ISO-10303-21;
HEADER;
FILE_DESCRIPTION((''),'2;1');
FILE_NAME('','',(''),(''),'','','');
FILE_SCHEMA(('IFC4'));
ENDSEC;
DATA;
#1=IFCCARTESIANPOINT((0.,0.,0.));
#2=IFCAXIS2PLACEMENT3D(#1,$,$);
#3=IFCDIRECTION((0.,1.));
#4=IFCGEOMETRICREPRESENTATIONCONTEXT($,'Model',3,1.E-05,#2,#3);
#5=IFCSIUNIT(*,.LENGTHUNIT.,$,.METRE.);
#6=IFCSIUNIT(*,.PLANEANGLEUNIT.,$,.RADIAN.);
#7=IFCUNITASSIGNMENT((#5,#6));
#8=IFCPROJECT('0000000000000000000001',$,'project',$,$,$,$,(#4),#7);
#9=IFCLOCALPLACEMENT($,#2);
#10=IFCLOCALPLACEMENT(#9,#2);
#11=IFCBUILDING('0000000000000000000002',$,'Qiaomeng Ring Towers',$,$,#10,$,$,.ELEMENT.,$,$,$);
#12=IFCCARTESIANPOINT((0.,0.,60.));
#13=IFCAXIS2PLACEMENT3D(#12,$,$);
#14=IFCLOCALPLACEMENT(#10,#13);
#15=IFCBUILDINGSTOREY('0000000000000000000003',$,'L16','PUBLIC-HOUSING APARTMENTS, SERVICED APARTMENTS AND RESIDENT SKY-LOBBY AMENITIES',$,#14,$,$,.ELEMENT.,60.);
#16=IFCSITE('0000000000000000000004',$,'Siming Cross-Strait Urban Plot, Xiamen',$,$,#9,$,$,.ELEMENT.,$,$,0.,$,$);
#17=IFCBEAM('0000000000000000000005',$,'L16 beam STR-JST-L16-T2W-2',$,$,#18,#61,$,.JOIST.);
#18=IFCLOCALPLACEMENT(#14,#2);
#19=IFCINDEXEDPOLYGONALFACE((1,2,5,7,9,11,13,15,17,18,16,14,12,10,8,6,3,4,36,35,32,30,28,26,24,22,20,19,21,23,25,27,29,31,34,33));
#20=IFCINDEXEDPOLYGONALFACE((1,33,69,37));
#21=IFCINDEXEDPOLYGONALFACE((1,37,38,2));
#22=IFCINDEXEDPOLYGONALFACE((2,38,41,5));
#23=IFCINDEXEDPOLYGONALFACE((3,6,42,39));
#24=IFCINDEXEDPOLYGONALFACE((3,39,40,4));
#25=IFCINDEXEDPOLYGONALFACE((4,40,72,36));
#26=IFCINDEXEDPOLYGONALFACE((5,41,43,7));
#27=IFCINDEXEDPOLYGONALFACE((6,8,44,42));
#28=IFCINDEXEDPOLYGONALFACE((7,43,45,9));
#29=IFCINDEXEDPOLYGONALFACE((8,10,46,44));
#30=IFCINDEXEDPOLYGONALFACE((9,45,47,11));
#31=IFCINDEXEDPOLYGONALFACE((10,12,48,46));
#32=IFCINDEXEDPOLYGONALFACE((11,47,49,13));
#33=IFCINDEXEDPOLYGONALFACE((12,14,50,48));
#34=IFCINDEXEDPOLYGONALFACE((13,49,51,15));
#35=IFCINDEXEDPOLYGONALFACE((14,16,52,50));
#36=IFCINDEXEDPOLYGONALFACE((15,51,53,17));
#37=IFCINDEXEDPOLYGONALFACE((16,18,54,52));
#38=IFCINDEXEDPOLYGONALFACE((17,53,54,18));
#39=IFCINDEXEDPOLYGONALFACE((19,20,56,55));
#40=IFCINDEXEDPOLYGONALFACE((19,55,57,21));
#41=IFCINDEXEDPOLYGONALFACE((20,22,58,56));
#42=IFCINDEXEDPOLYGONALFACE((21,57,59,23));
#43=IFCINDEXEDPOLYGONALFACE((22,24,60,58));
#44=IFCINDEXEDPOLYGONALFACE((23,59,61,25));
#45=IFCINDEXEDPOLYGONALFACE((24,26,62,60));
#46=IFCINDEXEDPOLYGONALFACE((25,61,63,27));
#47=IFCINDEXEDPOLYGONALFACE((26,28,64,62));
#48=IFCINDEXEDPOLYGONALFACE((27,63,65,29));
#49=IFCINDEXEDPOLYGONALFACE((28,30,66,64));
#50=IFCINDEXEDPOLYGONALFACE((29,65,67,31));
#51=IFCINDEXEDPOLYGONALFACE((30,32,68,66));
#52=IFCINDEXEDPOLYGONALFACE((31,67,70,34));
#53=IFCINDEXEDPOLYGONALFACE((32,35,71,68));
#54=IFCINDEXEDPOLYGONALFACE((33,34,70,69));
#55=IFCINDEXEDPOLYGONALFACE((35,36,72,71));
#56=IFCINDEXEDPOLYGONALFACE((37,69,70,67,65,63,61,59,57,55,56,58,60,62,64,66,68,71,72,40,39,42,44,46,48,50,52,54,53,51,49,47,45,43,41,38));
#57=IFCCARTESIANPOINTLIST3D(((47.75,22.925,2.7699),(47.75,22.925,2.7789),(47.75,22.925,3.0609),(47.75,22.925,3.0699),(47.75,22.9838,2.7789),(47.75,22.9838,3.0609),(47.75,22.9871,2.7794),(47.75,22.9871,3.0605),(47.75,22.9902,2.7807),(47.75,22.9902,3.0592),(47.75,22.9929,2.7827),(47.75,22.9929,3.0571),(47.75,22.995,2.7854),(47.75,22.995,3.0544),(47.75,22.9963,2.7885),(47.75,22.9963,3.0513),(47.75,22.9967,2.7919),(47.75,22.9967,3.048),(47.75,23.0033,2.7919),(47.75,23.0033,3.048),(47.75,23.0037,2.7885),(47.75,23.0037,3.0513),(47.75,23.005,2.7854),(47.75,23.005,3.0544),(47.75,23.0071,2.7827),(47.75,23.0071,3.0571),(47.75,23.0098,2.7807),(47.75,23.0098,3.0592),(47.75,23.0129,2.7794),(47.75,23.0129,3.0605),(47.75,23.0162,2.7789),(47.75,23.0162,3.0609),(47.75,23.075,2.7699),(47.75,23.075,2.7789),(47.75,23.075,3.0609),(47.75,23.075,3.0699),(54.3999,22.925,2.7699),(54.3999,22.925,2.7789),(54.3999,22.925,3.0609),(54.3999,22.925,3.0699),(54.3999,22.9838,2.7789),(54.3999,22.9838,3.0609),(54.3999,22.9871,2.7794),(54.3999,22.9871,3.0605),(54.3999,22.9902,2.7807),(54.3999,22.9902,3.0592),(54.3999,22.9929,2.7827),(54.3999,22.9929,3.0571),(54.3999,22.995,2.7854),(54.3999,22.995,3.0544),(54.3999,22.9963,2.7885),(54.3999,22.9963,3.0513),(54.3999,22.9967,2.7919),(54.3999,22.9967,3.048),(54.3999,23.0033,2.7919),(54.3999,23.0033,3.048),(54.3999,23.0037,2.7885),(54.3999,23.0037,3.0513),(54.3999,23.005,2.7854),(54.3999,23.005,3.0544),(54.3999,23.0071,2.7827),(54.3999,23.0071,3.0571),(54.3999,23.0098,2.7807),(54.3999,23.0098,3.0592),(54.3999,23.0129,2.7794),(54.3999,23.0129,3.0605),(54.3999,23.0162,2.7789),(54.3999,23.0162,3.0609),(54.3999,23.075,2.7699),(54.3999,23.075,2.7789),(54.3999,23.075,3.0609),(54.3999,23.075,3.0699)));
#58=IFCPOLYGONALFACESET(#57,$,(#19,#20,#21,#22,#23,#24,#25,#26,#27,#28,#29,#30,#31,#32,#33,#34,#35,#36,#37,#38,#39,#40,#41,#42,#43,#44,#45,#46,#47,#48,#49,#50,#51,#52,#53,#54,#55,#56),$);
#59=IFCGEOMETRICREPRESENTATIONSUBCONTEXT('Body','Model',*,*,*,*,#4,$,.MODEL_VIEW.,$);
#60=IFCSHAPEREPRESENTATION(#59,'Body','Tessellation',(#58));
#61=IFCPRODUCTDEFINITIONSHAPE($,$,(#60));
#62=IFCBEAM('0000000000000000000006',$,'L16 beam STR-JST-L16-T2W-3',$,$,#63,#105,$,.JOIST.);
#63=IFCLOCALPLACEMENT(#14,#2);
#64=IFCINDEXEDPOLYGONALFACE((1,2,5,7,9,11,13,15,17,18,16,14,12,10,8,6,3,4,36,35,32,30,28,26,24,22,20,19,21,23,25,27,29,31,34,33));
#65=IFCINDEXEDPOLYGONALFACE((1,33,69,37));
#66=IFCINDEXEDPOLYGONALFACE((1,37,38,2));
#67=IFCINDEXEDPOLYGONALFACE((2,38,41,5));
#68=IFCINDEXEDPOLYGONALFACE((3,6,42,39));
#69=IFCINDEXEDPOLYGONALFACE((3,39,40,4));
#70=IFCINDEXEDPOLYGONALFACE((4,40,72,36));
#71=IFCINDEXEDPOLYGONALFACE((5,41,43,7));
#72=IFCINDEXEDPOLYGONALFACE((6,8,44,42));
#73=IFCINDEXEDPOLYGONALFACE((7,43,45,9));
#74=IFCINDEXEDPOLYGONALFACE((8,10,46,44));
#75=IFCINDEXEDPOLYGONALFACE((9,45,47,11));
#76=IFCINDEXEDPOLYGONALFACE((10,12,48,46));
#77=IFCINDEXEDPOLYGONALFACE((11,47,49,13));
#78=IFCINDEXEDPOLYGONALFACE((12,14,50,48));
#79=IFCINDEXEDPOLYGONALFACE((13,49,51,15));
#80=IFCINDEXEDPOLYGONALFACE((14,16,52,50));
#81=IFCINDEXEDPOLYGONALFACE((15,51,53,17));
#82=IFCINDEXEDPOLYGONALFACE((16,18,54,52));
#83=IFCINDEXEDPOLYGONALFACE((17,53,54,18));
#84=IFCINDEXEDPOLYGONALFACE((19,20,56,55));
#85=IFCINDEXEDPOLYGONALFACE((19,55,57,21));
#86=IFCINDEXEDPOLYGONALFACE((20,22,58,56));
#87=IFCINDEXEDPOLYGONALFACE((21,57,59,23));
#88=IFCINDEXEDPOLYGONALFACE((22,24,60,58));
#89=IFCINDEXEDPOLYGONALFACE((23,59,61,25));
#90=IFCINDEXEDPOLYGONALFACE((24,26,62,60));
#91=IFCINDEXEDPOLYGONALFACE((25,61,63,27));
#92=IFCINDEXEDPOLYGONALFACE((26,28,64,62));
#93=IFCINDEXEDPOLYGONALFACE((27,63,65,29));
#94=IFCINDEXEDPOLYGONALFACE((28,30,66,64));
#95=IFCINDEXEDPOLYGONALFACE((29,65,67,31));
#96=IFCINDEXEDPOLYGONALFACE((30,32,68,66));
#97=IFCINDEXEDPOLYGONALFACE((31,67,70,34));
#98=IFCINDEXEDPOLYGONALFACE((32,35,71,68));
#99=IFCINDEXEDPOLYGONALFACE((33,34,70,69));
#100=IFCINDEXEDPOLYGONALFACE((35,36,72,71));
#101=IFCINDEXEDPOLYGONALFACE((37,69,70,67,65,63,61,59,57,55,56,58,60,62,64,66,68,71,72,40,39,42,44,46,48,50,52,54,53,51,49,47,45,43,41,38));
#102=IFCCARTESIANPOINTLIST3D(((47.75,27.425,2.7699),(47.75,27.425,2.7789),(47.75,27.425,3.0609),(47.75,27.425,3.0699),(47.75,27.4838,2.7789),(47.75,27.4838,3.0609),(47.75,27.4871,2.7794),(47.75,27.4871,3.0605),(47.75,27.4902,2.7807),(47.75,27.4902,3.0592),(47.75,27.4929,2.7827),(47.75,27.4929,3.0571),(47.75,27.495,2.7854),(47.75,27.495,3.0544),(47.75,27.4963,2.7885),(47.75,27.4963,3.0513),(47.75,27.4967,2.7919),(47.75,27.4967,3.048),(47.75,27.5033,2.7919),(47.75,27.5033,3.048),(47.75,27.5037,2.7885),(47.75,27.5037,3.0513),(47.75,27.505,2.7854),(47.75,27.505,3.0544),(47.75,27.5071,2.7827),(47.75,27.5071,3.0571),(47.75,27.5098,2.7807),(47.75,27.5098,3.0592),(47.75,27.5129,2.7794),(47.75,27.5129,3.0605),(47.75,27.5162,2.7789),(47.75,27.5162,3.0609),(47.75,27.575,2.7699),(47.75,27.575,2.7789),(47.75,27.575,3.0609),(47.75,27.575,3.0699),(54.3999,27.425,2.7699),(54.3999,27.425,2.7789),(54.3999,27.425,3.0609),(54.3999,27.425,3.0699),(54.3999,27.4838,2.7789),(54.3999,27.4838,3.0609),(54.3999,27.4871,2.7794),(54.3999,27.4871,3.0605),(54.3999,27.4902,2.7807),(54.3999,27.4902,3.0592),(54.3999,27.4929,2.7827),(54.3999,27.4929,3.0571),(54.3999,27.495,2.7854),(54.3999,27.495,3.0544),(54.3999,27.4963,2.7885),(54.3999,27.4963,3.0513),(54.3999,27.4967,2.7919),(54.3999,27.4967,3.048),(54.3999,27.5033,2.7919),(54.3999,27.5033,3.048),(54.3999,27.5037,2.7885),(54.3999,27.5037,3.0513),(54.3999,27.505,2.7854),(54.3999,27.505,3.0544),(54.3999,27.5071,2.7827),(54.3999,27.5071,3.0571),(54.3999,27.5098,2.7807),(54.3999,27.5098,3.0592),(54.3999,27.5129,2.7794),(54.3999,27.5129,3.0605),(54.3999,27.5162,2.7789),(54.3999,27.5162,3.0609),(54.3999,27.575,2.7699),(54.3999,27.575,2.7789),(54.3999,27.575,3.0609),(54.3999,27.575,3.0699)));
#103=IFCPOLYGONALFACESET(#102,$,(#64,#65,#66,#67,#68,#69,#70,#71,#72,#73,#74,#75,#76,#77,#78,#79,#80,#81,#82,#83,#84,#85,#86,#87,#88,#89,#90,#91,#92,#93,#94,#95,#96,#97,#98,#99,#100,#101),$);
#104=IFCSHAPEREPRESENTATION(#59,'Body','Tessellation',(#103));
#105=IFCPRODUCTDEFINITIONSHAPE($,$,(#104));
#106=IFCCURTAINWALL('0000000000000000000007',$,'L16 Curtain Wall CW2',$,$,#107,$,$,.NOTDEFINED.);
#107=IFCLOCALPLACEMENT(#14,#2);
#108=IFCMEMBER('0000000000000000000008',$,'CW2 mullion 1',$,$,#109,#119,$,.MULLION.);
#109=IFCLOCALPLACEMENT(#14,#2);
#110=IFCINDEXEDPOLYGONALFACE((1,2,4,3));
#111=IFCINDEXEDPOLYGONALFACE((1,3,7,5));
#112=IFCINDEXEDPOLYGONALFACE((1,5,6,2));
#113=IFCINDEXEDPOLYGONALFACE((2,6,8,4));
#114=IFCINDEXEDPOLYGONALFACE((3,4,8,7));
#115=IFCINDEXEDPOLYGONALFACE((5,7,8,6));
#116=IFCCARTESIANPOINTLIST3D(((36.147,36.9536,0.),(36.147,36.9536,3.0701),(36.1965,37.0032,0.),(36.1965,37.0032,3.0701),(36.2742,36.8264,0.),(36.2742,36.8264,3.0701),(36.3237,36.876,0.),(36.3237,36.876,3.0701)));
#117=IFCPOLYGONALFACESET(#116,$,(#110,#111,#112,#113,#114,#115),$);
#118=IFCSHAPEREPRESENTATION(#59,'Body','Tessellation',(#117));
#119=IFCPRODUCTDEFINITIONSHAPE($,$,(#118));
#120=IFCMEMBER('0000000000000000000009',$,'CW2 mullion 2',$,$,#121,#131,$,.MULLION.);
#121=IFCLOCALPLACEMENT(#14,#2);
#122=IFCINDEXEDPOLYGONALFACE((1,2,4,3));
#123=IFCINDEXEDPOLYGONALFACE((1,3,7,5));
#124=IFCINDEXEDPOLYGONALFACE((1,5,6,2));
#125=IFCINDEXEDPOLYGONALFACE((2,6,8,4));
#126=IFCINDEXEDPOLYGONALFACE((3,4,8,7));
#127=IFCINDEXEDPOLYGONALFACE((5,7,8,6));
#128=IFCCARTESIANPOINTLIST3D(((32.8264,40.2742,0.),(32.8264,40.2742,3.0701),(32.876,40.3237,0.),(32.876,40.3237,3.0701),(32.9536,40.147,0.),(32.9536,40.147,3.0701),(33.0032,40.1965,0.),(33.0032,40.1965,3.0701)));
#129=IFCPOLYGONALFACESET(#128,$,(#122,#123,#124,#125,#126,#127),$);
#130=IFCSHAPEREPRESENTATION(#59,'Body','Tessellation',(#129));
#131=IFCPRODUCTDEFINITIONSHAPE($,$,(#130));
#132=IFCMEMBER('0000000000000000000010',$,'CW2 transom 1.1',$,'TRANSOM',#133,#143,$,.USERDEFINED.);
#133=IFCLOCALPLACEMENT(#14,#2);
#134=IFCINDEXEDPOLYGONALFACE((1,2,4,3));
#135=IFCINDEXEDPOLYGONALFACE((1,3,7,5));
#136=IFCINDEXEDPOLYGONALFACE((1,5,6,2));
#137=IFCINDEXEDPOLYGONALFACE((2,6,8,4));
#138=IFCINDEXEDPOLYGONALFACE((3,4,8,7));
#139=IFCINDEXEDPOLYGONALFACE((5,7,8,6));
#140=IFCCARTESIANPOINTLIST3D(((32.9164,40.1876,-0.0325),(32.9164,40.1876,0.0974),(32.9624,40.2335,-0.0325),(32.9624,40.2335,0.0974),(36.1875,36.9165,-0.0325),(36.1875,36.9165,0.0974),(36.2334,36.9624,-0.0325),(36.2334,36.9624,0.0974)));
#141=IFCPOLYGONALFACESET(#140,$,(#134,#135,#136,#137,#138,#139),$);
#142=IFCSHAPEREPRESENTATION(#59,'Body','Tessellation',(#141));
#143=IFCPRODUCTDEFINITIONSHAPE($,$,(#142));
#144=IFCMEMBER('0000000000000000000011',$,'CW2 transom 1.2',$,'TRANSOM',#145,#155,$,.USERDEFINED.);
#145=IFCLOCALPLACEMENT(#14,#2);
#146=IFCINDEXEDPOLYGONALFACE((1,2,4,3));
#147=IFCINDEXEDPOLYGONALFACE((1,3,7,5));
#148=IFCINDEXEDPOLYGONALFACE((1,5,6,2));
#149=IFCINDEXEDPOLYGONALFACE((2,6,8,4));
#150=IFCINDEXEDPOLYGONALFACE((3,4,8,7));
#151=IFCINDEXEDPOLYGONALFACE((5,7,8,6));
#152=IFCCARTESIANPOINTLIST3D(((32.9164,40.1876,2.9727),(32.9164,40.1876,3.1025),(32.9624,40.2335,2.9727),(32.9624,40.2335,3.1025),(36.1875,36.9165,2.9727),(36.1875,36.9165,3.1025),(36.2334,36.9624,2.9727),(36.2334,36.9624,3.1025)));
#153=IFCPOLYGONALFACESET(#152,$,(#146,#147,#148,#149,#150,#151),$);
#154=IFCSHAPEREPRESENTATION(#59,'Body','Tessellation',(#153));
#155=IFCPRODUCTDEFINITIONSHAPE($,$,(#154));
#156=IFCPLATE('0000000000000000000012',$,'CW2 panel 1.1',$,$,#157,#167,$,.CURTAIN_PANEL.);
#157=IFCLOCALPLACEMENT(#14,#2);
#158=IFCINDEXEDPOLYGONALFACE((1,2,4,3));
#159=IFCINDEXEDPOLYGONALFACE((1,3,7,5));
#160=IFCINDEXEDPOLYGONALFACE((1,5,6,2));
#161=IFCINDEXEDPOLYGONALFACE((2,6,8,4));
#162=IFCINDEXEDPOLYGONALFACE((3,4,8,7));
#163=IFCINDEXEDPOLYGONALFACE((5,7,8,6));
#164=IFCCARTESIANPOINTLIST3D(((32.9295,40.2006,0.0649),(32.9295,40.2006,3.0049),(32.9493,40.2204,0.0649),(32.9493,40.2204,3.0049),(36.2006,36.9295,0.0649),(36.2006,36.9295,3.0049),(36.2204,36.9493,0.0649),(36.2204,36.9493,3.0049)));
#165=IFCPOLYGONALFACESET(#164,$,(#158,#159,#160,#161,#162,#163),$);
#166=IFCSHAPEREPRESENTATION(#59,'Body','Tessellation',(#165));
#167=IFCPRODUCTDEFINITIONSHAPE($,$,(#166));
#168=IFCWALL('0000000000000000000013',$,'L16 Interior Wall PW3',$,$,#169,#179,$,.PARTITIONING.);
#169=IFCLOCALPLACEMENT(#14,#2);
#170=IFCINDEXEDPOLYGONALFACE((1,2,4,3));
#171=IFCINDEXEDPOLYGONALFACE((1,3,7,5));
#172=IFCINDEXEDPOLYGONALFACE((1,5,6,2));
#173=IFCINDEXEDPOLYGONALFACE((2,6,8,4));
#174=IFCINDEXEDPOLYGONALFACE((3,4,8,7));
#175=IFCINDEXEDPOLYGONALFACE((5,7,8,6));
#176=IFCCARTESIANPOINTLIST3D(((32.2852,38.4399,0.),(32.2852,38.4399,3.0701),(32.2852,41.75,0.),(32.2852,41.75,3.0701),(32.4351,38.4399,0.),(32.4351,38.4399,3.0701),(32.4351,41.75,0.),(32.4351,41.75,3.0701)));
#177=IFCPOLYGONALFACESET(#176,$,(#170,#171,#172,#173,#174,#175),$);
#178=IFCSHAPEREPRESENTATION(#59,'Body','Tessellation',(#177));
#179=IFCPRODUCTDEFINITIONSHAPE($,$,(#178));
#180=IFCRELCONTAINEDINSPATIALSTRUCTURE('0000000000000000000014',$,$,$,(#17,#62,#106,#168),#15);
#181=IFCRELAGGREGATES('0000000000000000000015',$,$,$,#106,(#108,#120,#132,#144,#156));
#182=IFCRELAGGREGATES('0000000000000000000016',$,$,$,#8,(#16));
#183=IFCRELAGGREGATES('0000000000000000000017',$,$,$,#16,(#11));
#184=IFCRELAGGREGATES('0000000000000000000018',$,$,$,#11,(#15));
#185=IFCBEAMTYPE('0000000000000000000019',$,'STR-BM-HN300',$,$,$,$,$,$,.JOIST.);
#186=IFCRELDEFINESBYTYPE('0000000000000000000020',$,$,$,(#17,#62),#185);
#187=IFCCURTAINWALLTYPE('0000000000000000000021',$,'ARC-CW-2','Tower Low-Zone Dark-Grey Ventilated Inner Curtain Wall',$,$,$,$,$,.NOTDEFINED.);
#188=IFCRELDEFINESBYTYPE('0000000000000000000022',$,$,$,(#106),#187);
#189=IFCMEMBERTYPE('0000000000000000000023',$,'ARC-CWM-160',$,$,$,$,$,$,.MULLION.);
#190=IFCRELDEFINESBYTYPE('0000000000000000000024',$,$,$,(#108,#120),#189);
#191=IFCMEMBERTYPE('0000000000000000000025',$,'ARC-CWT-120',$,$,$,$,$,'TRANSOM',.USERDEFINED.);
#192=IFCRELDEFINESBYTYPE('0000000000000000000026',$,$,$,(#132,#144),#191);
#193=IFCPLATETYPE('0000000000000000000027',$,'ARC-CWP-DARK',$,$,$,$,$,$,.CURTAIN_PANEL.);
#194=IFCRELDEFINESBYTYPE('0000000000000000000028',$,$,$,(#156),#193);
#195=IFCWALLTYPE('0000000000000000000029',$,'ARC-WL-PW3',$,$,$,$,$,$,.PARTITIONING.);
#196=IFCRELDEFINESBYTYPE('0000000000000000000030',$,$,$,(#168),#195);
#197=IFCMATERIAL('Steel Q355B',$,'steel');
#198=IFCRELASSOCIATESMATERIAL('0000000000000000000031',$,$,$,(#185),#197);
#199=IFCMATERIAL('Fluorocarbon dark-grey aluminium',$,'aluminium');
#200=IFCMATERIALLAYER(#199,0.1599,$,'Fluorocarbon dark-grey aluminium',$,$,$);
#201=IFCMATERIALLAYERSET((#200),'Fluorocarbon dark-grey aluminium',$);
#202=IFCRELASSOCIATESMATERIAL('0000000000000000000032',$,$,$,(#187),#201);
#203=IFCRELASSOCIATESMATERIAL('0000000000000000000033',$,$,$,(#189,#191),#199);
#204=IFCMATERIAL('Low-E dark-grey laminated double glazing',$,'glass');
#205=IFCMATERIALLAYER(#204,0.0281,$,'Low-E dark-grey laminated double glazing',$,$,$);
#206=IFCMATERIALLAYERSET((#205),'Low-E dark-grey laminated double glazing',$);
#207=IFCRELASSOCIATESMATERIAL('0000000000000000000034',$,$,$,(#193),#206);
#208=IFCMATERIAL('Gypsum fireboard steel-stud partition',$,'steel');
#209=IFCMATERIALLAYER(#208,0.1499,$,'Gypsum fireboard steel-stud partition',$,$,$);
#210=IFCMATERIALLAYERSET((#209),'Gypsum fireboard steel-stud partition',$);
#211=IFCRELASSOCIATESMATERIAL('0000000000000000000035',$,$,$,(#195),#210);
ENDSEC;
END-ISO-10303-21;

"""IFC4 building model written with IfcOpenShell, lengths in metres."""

from ifc_helpers import new_model, si_unit, direction, frame, frame_2d, origin, origin_2d, place, context, subcontext, project, spatial, rectangle, i_section, extrude, source, transform, mapped, material, layer, layer_set, material_profile, profile_set, type_object, element, aggregate, save


model = new_model("IFC4")

# Units and contexts
model_context = context("Model", 3, precision=1e-05, world=origin(), true_north=direction((0.0, 1.0)))
body_context = subcontext(model_context, "Body", "Model", "MODEL_VIEW")
ifc_project = project(units=[si_unit("LENGTHUNIT", "METRE"), si_unit("PLANEANGLEUNIT", "RADIAN")], contexts=[model_context])

# Site, building, storey
site_placement = place(None, origin())
site = spatial("IfcSite", under=ifc_project, at=site_placement, Name="Siming Cross-Strait Urban Plot, Xiamen", CompositionType="ELEMENT", RefElevation=0.0)
building_placement = place(site_placement, origin())
building = spatial("IfcBuilding", under=site, at=building_placement, Name="Qiaomeng Ring Towers", CompositionType="ELEMENT")
storey_placement = place(building_placement, frame((0.0, 0.0, 60.0)))
storey = spatial("IfcBuildingStorey", under=building, at=storey_placement, Name="L16", Description="PUBLIC-HOUSING APARTMENTS, SERVICED APARTMENTS AND RESIDENT SKY-LOBBY AMENITIES", CompositionType="ELEMENT", Elevation=60.0)

# Beams
ifc_material_1 = material(Name="Steel Q355B", Category="steel")
ifc_material_profile_1 = material_profile(ifc_material_1, i_section(OverallWidth=0.1499, OverallDepth=0.3, WebThickness=0.0066, FlangeThickness=0.009, FilletRadius=0.0129, at=origin_2d()), Name="HN 300x150x6.5x9")
ifc_profile_set_1 = profile_set([ifc_material_profile_1], Name="Steel Q355B")
beam_type_1 = type_object("IfcBeamType", Name="STR-BM-HN300", PredefinedType="JOIST", material=ifc_profile_set_1)
shared_shape_1 = source(origin(), body_context, "Body", "SweptSolid", [
    extrude(i_section(OverallWidth=0.1499, OverallDepth=0.3, WebThickness=0.0066, FlangeThickness=0.009, FilletRadius=0.0129, at=origin_2d()), origin(), (0.0, 0.0, 1.0), 6.6499),
])
for number, where, z_axis, x_axis, name in (
    (1, (47.75, 23.0, 2.9199), (1.0, 0.0, 0.0), (0.0, 1.0, 0.0), "L16 beam STR-JST-L16-T2W-2"),
    (2, (47.75, 27.5, 2.9199), (1.0, 0.0, 0.0), (0.0, 1.0, 0.0), "L16 beam STR-JST-L16-T2W-3"),
):
    element("IfcBeam", number, at=place(storey_placement, frame(where, z_axis=z_axis, x_axis=x_axis)), inside=storey, type_object=beam_type_1, Name=name, PredefinedType="JOIST", context=body_context, shape_type="MappedRepresentation", body=[
        mapped(shared_shape_1, transform((0.0, 0.0, 0.0), x_axis=(1.0, 0.0, 0.0), y_axis=(0.0, 1.0, 0.0), z_axis=(0.0, 0.0, 1.0), scale=1.0)),
    ])

# Curtain wall, members, plate
ifc_material_2 = material(Name="Fluorocarbon dark-grey aluminium", Category="aluminium")
ifc_layer_1 = layer(ifc_material_2, 0.1599, Name="Fluorocarbon dark-grey aluminium")
ifc_layer_set_1 = layer_set([ifc_layer_1], Name="Fluorocarbon dark-grey aluminium")
curtain_wall_type = type_object("IfcCurtainWallType", Name="ARC-CW-2", Description="Tower Low-Zone Dark-Grey Ventilated Inner Curtain Wall", PredefinedType="NOTDEFINED", material=ifc_layer_set_1)
curtain_wall_placement = place(storey_placement, origin())
curtain_wall = element("IfcCurtainWall", 3, at=curtain_wall_placement, inside=storey, type_object=curtain_wall_type, Name="L16 Curtain Wall CW2", PredefinedType="NOTDEFINED")
ifc_material_profile_2 = material_profile(ifc_material_2, rectangle(XDim=0.0701, YDim=0.1799, at=origin_2d()), Name="ALU MULL 70x180")
ifc_profile_set_2 = profile_set([ifc_material_profile_2], Name="Fluorocarbon dark-grey aluminium")
member_type_1 = type_object("IfcMemberType", Name="ARC-CWM-160", PredefinedType="MULLION", material=ifc_profile_set_2)
shared_shape_2 = source(origin(), body_context, "Body", "SweptSolid", [
    extrude(rectangle(XDim=0.0701, YDim=0.1799, at=origin_2d()), origin(), (0.0, 0.0, 1.0), 3.0701),
])
member_1_placement = place(storey_placement, frame((36.2354, 36.9148, 0.0), z_axis=(0.0, 0.0, 1.0), x_axis=(-0.707107, -0.707107, 0.0)))
member_1 = element("IfcMember", 4, at=member_1_placement, type_object=member_type_1, Name="CW2 mullion 1", PredefinedType="MULLION", context=body_context, shape_type="MappedRepresentation", body=[
    mapped(shared_shape_2, transform((0.0, 0.0, 0.0), x_axis=(1.0, 0.0, 0.0), y_axis=(0.0, 1.0, 0.0), z_axis=(0.0, 0.0, 1.0), scale=1.0)),
])
member_2_placement = place(storey_placement, frame((32.9148, 40.2354, 0.0), z_axis=(0.0, 0.0, 1.0), x_axis=(-0.707107, -0.707107, 0.0)))
member_2 = element("IfcMember", 5, at=member_2_placement, type_object=member_type_1, Name="CW2 mullion 2", PredefinedType="MULLION", context=body_context, shape_type="MappedRepresentation", body=[
    mapped(shared_shape_2, transform((0.0, 0.0, 0.0), x_axis=(1.0, 0.0, 0.0), y_axis=(0.0, 1.0, 0.0), z_axis=(0.0, 0.0, 1.0), scale=1.0)),
])
ifc_material_profile_3 = material_profile(ifc_material_2, rectangle(XDim=0.0649, YDim=0.1299, at=origin_2d()), Name="ALU TRAN 65x130")
ifc_profile_set_3 = profile_set([ifc_material_profile_3], Name="Fluorocarbon dark-grey aluminium")
member_type_2 = type_object("IfcMemberType", Name="ARC-CWT-120", ElementType="TRANSOM", PredefinedType="USERDEFINED", material=ifc_profile_set_3)
shared_shape_3 = source(origin(), body_context, "Body", "SweptSolid", [
    extrude(rectangle(XDim=0.0649, YDim=0.1299, at=origin_2d()), origin(), (0.0, 0.0, 1.0), 4.626),
])
member_3_placement = place(storey_placement, frame((36.2104, 36.9395, 0.0325), z_axis=(-0.707107, 0.707107, 0.0), x_axis=(-0.707107, -0.707107, 0.0)))
member_3 = element("IfcMember", 6, at=member_3_placement, type_object=member_type_2, Name="CW2 transom 1.1", ObjectType="TRANSOM", PredefinedType="USERDEFINED", context=body_context, shape_type="MappedRepresentation", body=[
    mapped(shared_shape_3, transform((0.0, 0.0, 0.0), x_axis=(1.0, 0.0, 0.0), y_axis=(0.0, 1.0, 0.0), z_axis=(0.0, 0.0, 1.0), scale=1.0)),
])
member_4_placement = place(storey_placement, frame((36.2104, 36.9395, 3.0376), z_axis=(-0.707107, 0.707107, 0.0), x_axis=(-0.707107, -0.707107, 0.0)))
member_4 = element("IfcMember", 7, at=member_4_placement, type_object=member_type_2, Name="CW2 transom 1.2", ObjectType="TRANSOM", PredefinedType="USERDEFINED", context=body_context, shape_type="MappedRepresentation", body=[
    mapped(shared_shape_3, transform((0.0, 0.0, 0.0), x_axis=(1.0, 0.0, 0.0), y_axis=(0.0, 1.0, 0.0), z_axis=(0.0, 0.0, 1.0), scale=1.0)),
])
ifc_material_3 = material(Name="Low-E dark-grey laminated double glazing", Category="glass")
ifc_layer_2 = layer(ifc_material_3, 0.0281, Name="Low-E dark-grey laminated double glazing")
ifc_layer_set_2 = layer_set([ifc_layer_2], Name="Low-E dark-grey laminated double glazing")
plate_type = type_object("IfcPlateType", Name="ARC-CWP-DARK", PredefinedType="CURTAIN_PANEL", material=ifc_layer_set_2)
shared_shape_4 = source(origin(), body_context, "Body", "SweptSolid", [
    extrude(rectangle(XDim=4.626, YDim=0.0281, at=origin_2d()), origin(), (0.0, 0.0, 1.0), 2.9399),
])
plate_placement = place(storey_placement, frame((34.575, 38.575, 0.0649), z_axis=(0.0, 0.0, 1.0), x_axis=(-0.707107, 0.707107, 0.0)))
plate = element("IfcPlate", 8, at=plate_placement, type_object=plate_type, Name="CW2 panel 1.1", PredefinedType="CURTAIN_PANEL", context=body_context, shape_type="MappedRepresentation", body=[
    mapped(shared_shape_4, transform((0.0, 0.0, 0.0), x_axis=(1.0, 0.0, 0.0), y_axis=(0.0, 1.0, 0.0), z_axis=(0.0, 0.0, 1.0), scale=1.0)),
])
aggregate(curtain_wall, [member_1, member_2, member_3, member_4, plate])

# Wall
ifc_material_4 = material(Name="Gypsum fireboard steel-stud partition", Category="steel")
ifc_layer_3 = layer(ifc_material_4, 0.1499, Name="Gypsum fireboard steel-stud partition")
ifc_layer_set_3 = layer_set([ifc_layer_3], Name="Gypsum fireboard steel-stud partition")
wall_type_1 = type_object("IfcWallType", Name="ARC-WL-PW3", PredefinedType="PARTITIONING", material=ifc_layer_set_3)
wall_1_placement = place(storey_placement, frame((32.3601, 38.4399, 0.0), z_axis=(0.0, 0.0, 1.0), x_axis=(0.0, 1.0, 0.0)))
element("IfcWall", 9, at=wall_1_placement, inside=storey, type_object=wall_type_1, Name="L16 Interior Wall PW3", PredefinedType="PARTITIONING", context=body_context, shape_type="SweptSolid", body=[
    extrude(rectangle(XDim=3.3101, YDim=0.1499, at=frame_2d((1.655, 0.0))), origin(), (0.0, 0.0, 1.0), 3.0701),
])

save(model, "model.ifc")
